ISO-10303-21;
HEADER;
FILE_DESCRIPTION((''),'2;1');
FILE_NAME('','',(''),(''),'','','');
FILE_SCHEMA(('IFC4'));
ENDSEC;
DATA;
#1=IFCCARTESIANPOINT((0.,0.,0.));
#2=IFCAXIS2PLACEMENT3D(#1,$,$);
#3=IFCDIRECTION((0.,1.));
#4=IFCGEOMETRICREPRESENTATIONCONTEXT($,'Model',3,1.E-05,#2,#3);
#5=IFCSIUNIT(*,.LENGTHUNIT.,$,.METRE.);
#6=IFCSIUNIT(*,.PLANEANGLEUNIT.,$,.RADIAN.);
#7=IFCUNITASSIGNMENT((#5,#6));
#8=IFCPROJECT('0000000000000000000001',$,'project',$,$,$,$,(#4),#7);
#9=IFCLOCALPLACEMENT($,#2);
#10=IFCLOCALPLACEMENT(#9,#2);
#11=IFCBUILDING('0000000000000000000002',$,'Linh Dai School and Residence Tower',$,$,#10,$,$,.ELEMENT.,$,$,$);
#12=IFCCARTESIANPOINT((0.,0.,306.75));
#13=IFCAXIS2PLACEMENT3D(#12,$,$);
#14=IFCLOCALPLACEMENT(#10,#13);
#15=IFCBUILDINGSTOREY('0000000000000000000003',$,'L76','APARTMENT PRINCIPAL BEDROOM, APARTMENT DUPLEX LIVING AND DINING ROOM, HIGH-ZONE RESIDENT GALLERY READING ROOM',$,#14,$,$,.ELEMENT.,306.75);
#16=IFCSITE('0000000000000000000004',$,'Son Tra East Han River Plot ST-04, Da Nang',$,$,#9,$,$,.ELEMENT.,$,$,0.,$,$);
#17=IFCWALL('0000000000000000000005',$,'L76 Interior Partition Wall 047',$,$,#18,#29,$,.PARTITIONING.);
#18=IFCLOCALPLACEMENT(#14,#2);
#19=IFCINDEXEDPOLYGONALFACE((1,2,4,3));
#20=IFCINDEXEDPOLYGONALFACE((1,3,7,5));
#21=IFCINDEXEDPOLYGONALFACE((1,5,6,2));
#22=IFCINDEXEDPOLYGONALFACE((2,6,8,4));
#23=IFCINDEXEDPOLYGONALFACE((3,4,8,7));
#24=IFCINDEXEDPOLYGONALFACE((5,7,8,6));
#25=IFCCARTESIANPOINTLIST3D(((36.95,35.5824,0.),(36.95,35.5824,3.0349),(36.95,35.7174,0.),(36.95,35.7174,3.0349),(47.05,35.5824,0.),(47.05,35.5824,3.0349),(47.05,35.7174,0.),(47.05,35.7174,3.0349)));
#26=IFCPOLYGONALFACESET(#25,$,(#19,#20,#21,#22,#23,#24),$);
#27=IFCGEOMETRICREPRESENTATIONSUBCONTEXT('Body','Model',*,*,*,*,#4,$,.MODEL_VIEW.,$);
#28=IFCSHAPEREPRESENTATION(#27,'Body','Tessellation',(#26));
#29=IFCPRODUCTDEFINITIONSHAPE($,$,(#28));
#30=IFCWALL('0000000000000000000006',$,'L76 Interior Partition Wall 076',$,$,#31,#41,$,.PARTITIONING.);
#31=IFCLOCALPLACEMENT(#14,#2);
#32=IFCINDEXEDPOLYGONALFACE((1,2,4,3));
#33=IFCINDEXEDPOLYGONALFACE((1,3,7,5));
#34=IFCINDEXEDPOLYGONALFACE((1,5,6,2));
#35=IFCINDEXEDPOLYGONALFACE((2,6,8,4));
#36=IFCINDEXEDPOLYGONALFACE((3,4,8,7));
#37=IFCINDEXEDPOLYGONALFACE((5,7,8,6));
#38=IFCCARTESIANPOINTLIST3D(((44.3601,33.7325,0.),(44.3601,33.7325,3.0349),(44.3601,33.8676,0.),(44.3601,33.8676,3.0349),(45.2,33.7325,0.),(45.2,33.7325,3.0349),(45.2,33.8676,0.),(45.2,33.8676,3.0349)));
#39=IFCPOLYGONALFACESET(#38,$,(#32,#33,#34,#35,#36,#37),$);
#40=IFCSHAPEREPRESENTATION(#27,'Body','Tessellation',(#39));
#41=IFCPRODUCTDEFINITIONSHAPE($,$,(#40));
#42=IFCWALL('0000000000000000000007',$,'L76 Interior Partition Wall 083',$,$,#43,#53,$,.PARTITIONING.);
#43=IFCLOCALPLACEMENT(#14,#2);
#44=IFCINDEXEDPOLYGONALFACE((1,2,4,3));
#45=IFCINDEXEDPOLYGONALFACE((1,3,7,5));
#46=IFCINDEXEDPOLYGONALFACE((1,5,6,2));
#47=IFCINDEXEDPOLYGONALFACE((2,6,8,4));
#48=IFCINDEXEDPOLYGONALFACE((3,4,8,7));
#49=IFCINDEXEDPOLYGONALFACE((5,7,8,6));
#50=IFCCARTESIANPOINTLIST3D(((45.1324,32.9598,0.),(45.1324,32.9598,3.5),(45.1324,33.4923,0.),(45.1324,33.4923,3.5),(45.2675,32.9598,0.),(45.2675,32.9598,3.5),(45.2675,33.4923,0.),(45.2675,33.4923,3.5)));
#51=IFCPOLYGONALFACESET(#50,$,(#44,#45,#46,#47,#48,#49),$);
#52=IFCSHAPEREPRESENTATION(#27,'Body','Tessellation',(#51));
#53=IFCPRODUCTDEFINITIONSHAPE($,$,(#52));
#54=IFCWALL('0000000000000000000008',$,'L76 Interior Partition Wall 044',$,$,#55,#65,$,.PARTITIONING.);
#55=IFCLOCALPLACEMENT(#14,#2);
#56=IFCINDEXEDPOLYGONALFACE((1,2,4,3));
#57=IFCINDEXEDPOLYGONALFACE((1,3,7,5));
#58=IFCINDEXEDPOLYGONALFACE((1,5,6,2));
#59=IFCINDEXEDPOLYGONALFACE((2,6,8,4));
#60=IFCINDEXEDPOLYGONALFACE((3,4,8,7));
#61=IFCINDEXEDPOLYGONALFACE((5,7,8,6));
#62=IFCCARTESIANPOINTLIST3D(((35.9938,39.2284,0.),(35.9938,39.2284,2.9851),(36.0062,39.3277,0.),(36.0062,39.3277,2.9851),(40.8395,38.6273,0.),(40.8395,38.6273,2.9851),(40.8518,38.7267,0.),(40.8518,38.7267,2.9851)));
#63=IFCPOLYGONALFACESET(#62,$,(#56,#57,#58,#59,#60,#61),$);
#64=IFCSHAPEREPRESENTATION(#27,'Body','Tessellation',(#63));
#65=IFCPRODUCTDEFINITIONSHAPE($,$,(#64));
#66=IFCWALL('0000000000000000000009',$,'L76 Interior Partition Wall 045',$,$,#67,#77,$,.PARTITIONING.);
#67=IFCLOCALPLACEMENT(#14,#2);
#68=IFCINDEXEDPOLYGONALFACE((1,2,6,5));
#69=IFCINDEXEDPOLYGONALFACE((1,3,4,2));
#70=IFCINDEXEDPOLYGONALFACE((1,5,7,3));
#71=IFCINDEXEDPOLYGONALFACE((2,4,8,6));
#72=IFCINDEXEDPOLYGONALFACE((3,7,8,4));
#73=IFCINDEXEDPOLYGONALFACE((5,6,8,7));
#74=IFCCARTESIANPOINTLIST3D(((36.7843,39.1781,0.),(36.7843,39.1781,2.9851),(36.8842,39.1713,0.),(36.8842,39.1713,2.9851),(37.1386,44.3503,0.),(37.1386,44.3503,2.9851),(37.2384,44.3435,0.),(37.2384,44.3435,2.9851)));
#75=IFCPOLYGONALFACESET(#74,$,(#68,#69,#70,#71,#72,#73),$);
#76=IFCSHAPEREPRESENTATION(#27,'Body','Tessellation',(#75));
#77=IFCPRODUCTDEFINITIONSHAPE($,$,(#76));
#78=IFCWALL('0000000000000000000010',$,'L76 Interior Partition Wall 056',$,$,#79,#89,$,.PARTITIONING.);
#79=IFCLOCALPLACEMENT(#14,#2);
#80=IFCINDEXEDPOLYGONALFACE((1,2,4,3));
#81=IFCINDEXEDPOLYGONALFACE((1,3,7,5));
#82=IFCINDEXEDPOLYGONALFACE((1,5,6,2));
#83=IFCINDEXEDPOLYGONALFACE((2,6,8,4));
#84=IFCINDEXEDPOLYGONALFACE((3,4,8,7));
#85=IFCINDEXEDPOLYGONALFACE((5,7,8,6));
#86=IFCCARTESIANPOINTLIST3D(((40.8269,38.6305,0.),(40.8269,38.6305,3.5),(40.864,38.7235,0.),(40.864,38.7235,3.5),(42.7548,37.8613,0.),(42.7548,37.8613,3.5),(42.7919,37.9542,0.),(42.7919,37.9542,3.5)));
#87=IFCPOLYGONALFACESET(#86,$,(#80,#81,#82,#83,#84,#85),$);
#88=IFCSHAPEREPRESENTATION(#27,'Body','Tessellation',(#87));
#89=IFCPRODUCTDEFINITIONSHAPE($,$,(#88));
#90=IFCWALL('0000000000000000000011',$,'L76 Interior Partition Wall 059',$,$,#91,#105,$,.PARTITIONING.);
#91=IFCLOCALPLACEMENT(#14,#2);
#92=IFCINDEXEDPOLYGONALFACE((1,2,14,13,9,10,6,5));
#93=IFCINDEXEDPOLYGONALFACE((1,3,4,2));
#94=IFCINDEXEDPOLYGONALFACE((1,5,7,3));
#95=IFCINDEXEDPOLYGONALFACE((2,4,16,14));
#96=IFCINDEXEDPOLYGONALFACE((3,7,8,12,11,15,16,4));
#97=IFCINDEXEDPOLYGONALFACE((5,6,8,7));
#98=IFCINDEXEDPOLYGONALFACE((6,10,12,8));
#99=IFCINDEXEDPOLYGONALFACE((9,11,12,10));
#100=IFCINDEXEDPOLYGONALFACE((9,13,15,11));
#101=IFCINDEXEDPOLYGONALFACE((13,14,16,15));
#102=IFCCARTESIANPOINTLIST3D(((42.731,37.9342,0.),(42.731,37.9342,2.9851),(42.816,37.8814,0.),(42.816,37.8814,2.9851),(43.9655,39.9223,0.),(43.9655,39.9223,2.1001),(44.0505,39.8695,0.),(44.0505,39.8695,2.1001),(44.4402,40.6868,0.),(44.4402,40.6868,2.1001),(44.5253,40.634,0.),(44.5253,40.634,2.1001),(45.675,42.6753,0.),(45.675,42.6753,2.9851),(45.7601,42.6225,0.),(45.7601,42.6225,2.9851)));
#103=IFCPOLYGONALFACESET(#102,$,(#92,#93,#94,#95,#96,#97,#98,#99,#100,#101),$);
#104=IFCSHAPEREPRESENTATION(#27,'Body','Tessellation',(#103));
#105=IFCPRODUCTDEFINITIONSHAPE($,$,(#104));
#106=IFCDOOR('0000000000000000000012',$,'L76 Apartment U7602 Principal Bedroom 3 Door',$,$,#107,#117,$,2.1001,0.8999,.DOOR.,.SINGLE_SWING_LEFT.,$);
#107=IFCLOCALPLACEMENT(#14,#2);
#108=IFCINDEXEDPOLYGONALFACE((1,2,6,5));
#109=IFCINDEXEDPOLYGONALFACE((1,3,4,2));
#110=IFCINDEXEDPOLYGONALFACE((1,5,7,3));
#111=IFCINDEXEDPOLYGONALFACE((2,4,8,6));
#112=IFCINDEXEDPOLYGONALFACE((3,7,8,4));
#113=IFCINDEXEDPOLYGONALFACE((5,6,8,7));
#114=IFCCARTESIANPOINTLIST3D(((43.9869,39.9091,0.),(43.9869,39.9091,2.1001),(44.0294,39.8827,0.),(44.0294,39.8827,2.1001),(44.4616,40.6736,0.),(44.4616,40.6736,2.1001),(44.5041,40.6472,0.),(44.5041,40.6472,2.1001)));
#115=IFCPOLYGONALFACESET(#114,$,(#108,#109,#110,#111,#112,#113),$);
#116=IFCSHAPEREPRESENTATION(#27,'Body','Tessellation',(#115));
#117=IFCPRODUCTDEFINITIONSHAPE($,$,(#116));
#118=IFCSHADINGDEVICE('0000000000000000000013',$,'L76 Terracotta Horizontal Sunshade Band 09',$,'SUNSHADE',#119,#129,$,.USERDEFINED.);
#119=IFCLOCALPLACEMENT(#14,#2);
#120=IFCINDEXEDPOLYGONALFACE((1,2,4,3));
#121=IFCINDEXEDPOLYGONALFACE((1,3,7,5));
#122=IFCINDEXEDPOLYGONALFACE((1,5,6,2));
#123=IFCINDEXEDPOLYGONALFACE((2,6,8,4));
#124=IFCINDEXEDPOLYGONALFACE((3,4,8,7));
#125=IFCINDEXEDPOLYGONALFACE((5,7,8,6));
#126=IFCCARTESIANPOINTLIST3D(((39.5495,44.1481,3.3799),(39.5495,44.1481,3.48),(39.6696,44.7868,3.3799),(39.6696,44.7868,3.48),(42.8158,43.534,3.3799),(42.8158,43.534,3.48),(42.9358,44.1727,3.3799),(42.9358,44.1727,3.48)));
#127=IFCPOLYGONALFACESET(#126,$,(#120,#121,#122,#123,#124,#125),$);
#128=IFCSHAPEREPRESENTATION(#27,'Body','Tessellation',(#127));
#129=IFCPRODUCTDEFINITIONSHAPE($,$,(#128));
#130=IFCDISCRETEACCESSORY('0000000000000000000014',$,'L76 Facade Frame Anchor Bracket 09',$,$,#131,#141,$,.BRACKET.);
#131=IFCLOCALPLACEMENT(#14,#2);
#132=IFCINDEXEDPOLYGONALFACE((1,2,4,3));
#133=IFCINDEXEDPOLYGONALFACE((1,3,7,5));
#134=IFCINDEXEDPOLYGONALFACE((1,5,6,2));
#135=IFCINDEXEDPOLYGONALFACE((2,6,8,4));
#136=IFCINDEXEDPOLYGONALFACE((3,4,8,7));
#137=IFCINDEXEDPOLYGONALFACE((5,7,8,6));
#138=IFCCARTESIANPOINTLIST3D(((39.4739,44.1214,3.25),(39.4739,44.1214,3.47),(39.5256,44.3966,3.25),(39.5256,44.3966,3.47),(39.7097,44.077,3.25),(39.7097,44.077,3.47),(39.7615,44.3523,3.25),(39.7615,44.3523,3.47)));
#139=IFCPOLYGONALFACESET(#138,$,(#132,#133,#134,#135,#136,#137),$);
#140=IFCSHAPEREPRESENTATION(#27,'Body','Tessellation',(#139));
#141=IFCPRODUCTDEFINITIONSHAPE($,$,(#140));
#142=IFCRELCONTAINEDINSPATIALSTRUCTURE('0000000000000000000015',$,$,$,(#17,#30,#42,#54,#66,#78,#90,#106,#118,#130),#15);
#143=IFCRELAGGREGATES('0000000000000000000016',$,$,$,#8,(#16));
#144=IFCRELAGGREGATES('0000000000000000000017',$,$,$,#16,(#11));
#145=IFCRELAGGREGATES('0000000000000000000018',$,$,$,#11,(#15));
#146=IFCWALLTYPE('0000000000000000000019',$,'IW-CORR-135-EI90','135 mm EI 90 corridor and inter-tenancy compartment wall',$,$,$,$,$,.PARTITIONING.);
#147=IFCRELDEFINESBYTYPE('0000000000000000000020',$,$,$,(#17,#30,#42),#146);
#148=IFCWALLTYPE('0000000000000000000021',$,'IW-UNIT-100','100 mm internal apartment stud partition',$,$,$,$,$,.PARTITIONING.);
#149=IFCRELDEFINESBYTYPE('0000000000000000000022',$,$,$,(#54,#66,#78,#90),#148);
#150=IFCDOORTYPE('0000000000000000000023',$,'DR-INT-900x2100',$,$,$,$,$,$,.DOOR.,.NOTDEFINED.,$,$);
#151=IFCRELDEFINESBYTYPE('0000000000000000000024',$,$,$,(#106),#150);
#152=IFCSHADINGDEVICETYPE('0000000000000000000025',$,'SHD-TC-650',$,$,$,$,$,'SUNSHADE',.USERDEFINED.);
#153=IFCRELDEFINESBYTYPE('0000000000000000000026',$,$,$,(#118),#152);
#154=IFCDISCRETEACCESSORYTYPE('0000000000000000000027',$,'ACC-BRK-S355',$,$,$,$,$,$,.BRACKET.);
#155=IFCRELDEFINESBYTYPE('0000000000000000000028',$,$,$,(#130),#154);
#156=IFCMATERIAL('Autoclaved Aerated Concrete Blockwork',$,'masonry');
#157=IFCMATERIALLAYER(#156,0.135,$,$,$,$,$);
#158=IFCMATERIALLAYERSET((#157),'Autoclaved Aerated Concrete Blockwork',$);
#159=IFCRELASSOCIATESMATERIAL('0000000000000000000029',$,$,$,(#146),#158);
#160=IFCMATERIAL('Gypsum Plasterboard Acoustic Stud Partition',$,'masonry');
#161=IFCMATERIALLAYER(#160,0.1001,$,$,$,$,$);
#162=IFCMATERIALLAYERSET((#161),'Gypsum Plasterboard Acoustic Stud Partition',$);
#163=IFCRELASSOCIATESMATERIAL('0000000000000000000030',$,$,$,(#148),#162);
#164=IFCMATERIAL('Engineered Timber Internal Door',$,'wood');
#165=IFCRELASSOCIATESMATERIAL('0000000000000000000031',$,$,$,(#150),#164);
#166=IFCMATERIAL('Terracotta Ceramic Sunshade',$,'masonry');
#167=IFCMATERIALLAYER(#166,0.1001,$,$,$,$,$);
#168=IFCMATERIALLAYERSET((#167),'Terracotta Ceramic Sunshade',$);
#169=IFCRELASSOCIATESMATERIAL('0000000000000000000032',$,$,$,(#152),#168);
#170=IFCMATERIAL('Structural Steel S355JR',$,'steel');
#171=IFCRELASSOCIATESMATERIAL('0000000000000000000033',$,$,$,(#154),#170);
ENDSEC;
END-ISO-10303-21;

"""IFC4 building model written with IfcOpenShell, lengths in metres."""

from ifc_helpers import new_model, si_unit, direction, frame, frame_2d, origin, origin_2d, place, context, subcontext, project, spatial, rectangle, extrude, source, transform, mapped, material, layer, layer_set, type_object, element, fill, save


model = new_model("IFC4")

# Units and contexts
model_context = context("Model", 3, precision=1e-05, world=origin(), true_north=direction((0.0, 1.0)))
body_context = subcontext(model_context, "Body", "Model", "MODEL_VIEW")
ifc_project = project(units=[si_unit("LENGTHUNIT", "METRE"), si_unit("PLANEANGLEUNIT", "RADIAN")], contexts=[model_context])

# Site, building, storey
site_placement = place(None, origin())
site = spatial("IfcSite", under=ifc_project, at=site_placement, Name="Son Tra East Han River Plot ST-04, Da Nang", CompositionType="ELEMENT", RefElevation=0.0)
building_placement = place(site_placement, origin())
building = spatial("IfcBuilding", under=site, at=building_placement, Name="Linh Dai School and Residence Tower", CompositionType="ELEMENT")
storey_placement = place(building_placement, frame((0.0, 0.0, 306.75)))
storey = spatial("IfcBuildingStorey", under=building, at=storey_placement, Name="L76", Description="APARTMENT PRINCIPAL BEDROOM, APARTMENT DUPLEX LIVING AND DINING ROOM, HIGH-ZONE RESIDENT GALLERY READING ROOM", CompositionType="ELEMENT", Elevation=306.75)

# Shared definitions
ifc_material_1 = material(Name="Structural Steel S355JR", Category="steel")

# Walls
ifc_material_2 = material(Name="Autoclaved Aerated Concrete Blockwork", Category="masonry")
ifc_layer_1 = layer(ifc_material_2, 0.135)
ifc_layer_set_1 = layer_set([ifc_layer_1], Name="Autoclaved Aerated Concrete Blockwork")
wall_type_1 = type_object("IfcWallType", Name="IW-CORR-135-EI90", Description="135 mm EI 90 corridor and inter-tenancy compartment wall", PredefinedType="PARTITIONING", material=ifc_layer_set_1)
wall_1_placement = place(storey_placement, frame((36.95, 35.6499, 0.0), z_axis=(0.0, 0.0, 1.0), x_axis=(1.0, 0.0, 0.0)))
element("IfcWall", 1, at=wall_1_placement, inside=storey, type_object=wall_type_1, Name="L76 Interior Partition Wall 047", PredefinedType="PARTITIONING", context=body_context, shape_type="SweptSolid", body=[
    extrude(rectangle(XDim=10.1001, YDim=0.135, at=frame_2d((5.05, 0.0))), origin(), (0.0, 0.0, 1.0), 3.0349),
])
wall_2_placement = place(storey_placement, frame((45.2, 33.8, 0.0), z_axis=(0.0, 0.0, 1.0), x_axis=(-1.0, 0.0, 0.0)))
element("IfcWall", 2, at=wall_2_placement, inside=storey, type_object=wall_type_1, Name="L76 Interior Partition Wall 076", PredefinedType="PARTITIONING", context=body_context, shape_type="SweptSolid", body=[
    extrude(rectangle(XDim=0.8398, YDim=0.135, at=frame_2d((0.4199, 0.0))), origin(), (0.0, 0.0, 1.0), 3.0349),
])
wall_3_placement = place(storey_placement, frame((45.2, 32.96, 0.0), z_axis=(0.0, 0.0, 1.0), x_axis=(0.0, 1.0, 0.0)))
element("IfcWall", 3, at=wall_3_placement, inside=storey, type_object=wall_type_1, Name="L76 Interior Partition Wall 083", PredefinedType="PARTITIONING", context=body_context, shape_type="SweptSolid", body=[
    extrude(rectangle(XDim=0.5325, YDim=0.135, at=frame_2d((0.2661, 0.0))), origin(), (0.0, 0.0, 1.0), 3.5),
])
ifc_material_3 = material(Name="Gypsum Plasterboard Acoustic Stud Partition", Category="masonry")
ifc_layer_2 = layer(ifc_material_3, 0.1001)
ifc_layer_set_2 = layer_set([ifc_layer_2], Name="Gypsum Plasterboard Acoustic Stud Partition")
wall_type_2 = type_object("IfcWallType", Name="IW-UNIT-100", Description="100 mm internal apartment stud partition", PredefinedType="PARTITIONING", material=ifc_layer_set_2)
wall_4_placement = place(storey_placement, frame((36.0, 39.2781, 0.0), z_axis=(0.0, 0.0, 1.0), x_axis=(0.992394, -0.123099, 0.0)))
element("IfcWall", 4, at=wall_4_placement, inside=storey, type_object=wall_type_2, Name="L76 Interior Partition Wall 044", PredefinedType="PARTITIONING", context=body_context, shape_type="SweptSolid", body=[
    extrude(rectangle(XDim=4.8828, YDim=0.1001, at=frame_2d((2.4414, 0.0))), origin(), (0.0, 0.0, 1.0), 2.9851),
])
wall_5_placement = place(storey_placement, frame((36.8342, 39.1746, 0.0), z_axis=(0.0, 0.0, 1.0), x_axis=(0.068332, 0.997663, 0.0)))
element("IfcWall", 5, at=wall_5_placement, inside=storey, type_object=wall_type_2, Name="L76 Interior Partition Wall 045", PredefinedType="PARTITIONING", context=body_context, shape_type="SweptSolid", body=[
    extrude(rectangle(XDim=5.1843, YDim=0.1001, at=frame_2d((2.5923, 0.0))), origin(), (0.0, 0.0, 1.0), 2.9851),
])
wall_6_placement = place(storey_placement, frame((40.8455, 38.677, 0.0), z_axis=(0.0, 0.0, 1.0), x_axis=(0.928793, -0.3706, 0.0)))
element("IfcWall", 6, at=wall_6_placement, inside=storey, type_object=wall_type_2, Name="L76 Interior Partition Wall 056", PredefinedType="PARTITIONING", context=body_context, shape_type="SweptSolid", body=[
    extrude(rectangle(XDim=2.0757, YDim=0.1001, at=frame_2d((1.0378, 0.0))), origin(), (0.0, 0.0, 1.0), 3.5),
])

# Wall, opening, door
wall_7_placement = place(storey_placement, frame((42.7734, 37.9077, 0.0), z_axis=(0.0, 0.0, 1.0), x_axis=(0.527527, 0.849538, 0.0)))
wall_7 = element("IfcWall", 7, at=wall_7_placement, inside=storey, type_object=wall_type_2, Name="L76 Interior Partition Wall 059", PredefinedType="PARTITIONING", context=body_context, shape_type="SweptSolid", body=[
    extrude(rectangle(XDim=5.5808, YDim=0.1001, at=frame_2d((2.7905, 0.0))), origin(), (0.0, 0.0, 1.0), 2.9851),
])
opening_1_placement = place(wall_7_placement, frame((2.3403, 0.0, 0.0)))
opening_1 = element("IfcOpeningElement", 8, at=opening_1_placement, cuts=wall_7, PredefinedType="OPENING", context=body_context, shape_type="SweptSolid", body=[
    extrude(rectangle(XDim=0.8999, YDim=2.1001, at=origin_2d()), frame((0.45, 0.0601, 1.05), z_axis=(0.0, -1.0, 0.0), x_axis=(1.0, 0.0, 0.0)), (0.0, 0.0, 1.0), 0.1201),
])
ifc_material_4 = material(Name="Engineered Timber Internal Door", Category="wood")
door_type = type_object("IfcDoorType", Name="DR-INT-900x2100", OperationType="NOTDEFINED", PredefinedType="DOOR", material=ifc_material_4)
shared_shape_1 = source(origin(), body_context, "Body", "SweptSolid", [
    extrude(rectangle(XDim=0.8999, YDim=2.1001, at=origin_2d()), frame((0.45, 0.0249, 1.05), z_axis=(0.0, -1.0, 0.0), x_axis=(1.0, 0.0, 0.0)), (0.0, 0.0, 1.0), 0.05),
])
door_placement = place(opening_1_placement, origin())
door = element("IfcDoor", 9, at=door_placement, inside=storey, type_object=door_type, Name="L76 Apartment U7602 Principal Bedroom 3 Door", OperationType="SINGLE_SWING_LEFT", OverallHeight=2.1001, OverallWidth=0.8999, PredefinedType="DOOR", context=body_context, shape_type="MappedRepresentation", body=[
    mapped(shared_shape_1, transform((0.0, 0.0, 0.0), x_axis=(1.0, 0.0, 0.0), y_axis=(0.0, 1.0, 0.0), z_axis=(0.0, 0.0, 1.0), scale=1.0)),
])
fill(opening_1, door)

# Shading device
ifc_material_5 = material(Name="Terracotta Ceramic Sunshade", Category="masonry")
ifc_layer_3 = layer(ifc_material_5, 0.1001)
ifc_layer_set_3 = layer_set([ifc_layer_3], Name="Terracotta Ceramic Sunshade")
shading_device_type = type_object("IfcShadingDeviceType", Name="SHD-TC-650", ElementType="SUNSHADE", PredefinedType="USERDEFINED", material=ifc_layer_set_3)
shared_shape_2 = source(origin(), body_context, "Body", "SweptSolid", [
    extrude(rectangle(XDim=3.3235, YDim=0.6499, at=origin_2d()), origin(), (0.0, 0.0, 1.0), 0.1001),
])
shading_device_placement = place(storey_placement, frame((41.2427, 44.1604, 3.3799), z_axis=(0.0, 0.0, 1.0), x_axis=(0.982785, -0.184751, 0.0)))
element("IfcShadingDevice", 10, at=shading_device_placement, inside=storey, type_object=shading_device_type, Name="L76 Terracotta Horizontal Sunshade Band 09", ObjectType="SUNSHADE", PredefinedType="USERDEFINED", context=body_context, shape_type="MappedRepresentation", body=[
    mapped(shared_shape_2, transform((0.0, 0.0, 0.0), x_axis=(1.0, 0.0, 0.0), y_axis=(0.0, 1.0, 0.0), z_axis=(0.0, 0.0, 1.0), scale=1.0)),
])

# Discrete accessory
discrete_accessory_type = type_object("IfcDiscreteAccessoryType", Name="ACC-BRK-S355", PredefinedType="BRACKET", material=ifc_material_1)
shared_shape_3 = source(origin(), body_context, "Body", "SweptSolid", [
    extrude(rectangle(XDim=0.28, YDim=0.24, at=origin_2d()), origin(), (0.0, 0.0, 1.0), 0.22),
])
discrete_accessory_placement = place(storey_placement, frame((39.6177, 44.2368, 3.25), z_axis=(0.0, 0.0, 1.0), x_axis=(0.184751, 0.982785, 0.0)))
element("IfcDiscreteAccessory", 11, at=discrete_accessory_placement, inside=storey, type_object=discrete_accessory_type, Name="L76 Facade Frame Anchor Bracket 09", PredefinedType="BRACKET", context=body_context, shape_type="MappedRepresentation", body=[
    mapped(shared_shape_3, transform((0.0, 0.0, 0.0), x_axis=(1.0, 0.0, 0.0), y_axis=(0.0, 1.0, 0.0), z_axis=(0.0, 0.0, 1.0), scale=1.0)),
])

save(model, "model.ifc")
